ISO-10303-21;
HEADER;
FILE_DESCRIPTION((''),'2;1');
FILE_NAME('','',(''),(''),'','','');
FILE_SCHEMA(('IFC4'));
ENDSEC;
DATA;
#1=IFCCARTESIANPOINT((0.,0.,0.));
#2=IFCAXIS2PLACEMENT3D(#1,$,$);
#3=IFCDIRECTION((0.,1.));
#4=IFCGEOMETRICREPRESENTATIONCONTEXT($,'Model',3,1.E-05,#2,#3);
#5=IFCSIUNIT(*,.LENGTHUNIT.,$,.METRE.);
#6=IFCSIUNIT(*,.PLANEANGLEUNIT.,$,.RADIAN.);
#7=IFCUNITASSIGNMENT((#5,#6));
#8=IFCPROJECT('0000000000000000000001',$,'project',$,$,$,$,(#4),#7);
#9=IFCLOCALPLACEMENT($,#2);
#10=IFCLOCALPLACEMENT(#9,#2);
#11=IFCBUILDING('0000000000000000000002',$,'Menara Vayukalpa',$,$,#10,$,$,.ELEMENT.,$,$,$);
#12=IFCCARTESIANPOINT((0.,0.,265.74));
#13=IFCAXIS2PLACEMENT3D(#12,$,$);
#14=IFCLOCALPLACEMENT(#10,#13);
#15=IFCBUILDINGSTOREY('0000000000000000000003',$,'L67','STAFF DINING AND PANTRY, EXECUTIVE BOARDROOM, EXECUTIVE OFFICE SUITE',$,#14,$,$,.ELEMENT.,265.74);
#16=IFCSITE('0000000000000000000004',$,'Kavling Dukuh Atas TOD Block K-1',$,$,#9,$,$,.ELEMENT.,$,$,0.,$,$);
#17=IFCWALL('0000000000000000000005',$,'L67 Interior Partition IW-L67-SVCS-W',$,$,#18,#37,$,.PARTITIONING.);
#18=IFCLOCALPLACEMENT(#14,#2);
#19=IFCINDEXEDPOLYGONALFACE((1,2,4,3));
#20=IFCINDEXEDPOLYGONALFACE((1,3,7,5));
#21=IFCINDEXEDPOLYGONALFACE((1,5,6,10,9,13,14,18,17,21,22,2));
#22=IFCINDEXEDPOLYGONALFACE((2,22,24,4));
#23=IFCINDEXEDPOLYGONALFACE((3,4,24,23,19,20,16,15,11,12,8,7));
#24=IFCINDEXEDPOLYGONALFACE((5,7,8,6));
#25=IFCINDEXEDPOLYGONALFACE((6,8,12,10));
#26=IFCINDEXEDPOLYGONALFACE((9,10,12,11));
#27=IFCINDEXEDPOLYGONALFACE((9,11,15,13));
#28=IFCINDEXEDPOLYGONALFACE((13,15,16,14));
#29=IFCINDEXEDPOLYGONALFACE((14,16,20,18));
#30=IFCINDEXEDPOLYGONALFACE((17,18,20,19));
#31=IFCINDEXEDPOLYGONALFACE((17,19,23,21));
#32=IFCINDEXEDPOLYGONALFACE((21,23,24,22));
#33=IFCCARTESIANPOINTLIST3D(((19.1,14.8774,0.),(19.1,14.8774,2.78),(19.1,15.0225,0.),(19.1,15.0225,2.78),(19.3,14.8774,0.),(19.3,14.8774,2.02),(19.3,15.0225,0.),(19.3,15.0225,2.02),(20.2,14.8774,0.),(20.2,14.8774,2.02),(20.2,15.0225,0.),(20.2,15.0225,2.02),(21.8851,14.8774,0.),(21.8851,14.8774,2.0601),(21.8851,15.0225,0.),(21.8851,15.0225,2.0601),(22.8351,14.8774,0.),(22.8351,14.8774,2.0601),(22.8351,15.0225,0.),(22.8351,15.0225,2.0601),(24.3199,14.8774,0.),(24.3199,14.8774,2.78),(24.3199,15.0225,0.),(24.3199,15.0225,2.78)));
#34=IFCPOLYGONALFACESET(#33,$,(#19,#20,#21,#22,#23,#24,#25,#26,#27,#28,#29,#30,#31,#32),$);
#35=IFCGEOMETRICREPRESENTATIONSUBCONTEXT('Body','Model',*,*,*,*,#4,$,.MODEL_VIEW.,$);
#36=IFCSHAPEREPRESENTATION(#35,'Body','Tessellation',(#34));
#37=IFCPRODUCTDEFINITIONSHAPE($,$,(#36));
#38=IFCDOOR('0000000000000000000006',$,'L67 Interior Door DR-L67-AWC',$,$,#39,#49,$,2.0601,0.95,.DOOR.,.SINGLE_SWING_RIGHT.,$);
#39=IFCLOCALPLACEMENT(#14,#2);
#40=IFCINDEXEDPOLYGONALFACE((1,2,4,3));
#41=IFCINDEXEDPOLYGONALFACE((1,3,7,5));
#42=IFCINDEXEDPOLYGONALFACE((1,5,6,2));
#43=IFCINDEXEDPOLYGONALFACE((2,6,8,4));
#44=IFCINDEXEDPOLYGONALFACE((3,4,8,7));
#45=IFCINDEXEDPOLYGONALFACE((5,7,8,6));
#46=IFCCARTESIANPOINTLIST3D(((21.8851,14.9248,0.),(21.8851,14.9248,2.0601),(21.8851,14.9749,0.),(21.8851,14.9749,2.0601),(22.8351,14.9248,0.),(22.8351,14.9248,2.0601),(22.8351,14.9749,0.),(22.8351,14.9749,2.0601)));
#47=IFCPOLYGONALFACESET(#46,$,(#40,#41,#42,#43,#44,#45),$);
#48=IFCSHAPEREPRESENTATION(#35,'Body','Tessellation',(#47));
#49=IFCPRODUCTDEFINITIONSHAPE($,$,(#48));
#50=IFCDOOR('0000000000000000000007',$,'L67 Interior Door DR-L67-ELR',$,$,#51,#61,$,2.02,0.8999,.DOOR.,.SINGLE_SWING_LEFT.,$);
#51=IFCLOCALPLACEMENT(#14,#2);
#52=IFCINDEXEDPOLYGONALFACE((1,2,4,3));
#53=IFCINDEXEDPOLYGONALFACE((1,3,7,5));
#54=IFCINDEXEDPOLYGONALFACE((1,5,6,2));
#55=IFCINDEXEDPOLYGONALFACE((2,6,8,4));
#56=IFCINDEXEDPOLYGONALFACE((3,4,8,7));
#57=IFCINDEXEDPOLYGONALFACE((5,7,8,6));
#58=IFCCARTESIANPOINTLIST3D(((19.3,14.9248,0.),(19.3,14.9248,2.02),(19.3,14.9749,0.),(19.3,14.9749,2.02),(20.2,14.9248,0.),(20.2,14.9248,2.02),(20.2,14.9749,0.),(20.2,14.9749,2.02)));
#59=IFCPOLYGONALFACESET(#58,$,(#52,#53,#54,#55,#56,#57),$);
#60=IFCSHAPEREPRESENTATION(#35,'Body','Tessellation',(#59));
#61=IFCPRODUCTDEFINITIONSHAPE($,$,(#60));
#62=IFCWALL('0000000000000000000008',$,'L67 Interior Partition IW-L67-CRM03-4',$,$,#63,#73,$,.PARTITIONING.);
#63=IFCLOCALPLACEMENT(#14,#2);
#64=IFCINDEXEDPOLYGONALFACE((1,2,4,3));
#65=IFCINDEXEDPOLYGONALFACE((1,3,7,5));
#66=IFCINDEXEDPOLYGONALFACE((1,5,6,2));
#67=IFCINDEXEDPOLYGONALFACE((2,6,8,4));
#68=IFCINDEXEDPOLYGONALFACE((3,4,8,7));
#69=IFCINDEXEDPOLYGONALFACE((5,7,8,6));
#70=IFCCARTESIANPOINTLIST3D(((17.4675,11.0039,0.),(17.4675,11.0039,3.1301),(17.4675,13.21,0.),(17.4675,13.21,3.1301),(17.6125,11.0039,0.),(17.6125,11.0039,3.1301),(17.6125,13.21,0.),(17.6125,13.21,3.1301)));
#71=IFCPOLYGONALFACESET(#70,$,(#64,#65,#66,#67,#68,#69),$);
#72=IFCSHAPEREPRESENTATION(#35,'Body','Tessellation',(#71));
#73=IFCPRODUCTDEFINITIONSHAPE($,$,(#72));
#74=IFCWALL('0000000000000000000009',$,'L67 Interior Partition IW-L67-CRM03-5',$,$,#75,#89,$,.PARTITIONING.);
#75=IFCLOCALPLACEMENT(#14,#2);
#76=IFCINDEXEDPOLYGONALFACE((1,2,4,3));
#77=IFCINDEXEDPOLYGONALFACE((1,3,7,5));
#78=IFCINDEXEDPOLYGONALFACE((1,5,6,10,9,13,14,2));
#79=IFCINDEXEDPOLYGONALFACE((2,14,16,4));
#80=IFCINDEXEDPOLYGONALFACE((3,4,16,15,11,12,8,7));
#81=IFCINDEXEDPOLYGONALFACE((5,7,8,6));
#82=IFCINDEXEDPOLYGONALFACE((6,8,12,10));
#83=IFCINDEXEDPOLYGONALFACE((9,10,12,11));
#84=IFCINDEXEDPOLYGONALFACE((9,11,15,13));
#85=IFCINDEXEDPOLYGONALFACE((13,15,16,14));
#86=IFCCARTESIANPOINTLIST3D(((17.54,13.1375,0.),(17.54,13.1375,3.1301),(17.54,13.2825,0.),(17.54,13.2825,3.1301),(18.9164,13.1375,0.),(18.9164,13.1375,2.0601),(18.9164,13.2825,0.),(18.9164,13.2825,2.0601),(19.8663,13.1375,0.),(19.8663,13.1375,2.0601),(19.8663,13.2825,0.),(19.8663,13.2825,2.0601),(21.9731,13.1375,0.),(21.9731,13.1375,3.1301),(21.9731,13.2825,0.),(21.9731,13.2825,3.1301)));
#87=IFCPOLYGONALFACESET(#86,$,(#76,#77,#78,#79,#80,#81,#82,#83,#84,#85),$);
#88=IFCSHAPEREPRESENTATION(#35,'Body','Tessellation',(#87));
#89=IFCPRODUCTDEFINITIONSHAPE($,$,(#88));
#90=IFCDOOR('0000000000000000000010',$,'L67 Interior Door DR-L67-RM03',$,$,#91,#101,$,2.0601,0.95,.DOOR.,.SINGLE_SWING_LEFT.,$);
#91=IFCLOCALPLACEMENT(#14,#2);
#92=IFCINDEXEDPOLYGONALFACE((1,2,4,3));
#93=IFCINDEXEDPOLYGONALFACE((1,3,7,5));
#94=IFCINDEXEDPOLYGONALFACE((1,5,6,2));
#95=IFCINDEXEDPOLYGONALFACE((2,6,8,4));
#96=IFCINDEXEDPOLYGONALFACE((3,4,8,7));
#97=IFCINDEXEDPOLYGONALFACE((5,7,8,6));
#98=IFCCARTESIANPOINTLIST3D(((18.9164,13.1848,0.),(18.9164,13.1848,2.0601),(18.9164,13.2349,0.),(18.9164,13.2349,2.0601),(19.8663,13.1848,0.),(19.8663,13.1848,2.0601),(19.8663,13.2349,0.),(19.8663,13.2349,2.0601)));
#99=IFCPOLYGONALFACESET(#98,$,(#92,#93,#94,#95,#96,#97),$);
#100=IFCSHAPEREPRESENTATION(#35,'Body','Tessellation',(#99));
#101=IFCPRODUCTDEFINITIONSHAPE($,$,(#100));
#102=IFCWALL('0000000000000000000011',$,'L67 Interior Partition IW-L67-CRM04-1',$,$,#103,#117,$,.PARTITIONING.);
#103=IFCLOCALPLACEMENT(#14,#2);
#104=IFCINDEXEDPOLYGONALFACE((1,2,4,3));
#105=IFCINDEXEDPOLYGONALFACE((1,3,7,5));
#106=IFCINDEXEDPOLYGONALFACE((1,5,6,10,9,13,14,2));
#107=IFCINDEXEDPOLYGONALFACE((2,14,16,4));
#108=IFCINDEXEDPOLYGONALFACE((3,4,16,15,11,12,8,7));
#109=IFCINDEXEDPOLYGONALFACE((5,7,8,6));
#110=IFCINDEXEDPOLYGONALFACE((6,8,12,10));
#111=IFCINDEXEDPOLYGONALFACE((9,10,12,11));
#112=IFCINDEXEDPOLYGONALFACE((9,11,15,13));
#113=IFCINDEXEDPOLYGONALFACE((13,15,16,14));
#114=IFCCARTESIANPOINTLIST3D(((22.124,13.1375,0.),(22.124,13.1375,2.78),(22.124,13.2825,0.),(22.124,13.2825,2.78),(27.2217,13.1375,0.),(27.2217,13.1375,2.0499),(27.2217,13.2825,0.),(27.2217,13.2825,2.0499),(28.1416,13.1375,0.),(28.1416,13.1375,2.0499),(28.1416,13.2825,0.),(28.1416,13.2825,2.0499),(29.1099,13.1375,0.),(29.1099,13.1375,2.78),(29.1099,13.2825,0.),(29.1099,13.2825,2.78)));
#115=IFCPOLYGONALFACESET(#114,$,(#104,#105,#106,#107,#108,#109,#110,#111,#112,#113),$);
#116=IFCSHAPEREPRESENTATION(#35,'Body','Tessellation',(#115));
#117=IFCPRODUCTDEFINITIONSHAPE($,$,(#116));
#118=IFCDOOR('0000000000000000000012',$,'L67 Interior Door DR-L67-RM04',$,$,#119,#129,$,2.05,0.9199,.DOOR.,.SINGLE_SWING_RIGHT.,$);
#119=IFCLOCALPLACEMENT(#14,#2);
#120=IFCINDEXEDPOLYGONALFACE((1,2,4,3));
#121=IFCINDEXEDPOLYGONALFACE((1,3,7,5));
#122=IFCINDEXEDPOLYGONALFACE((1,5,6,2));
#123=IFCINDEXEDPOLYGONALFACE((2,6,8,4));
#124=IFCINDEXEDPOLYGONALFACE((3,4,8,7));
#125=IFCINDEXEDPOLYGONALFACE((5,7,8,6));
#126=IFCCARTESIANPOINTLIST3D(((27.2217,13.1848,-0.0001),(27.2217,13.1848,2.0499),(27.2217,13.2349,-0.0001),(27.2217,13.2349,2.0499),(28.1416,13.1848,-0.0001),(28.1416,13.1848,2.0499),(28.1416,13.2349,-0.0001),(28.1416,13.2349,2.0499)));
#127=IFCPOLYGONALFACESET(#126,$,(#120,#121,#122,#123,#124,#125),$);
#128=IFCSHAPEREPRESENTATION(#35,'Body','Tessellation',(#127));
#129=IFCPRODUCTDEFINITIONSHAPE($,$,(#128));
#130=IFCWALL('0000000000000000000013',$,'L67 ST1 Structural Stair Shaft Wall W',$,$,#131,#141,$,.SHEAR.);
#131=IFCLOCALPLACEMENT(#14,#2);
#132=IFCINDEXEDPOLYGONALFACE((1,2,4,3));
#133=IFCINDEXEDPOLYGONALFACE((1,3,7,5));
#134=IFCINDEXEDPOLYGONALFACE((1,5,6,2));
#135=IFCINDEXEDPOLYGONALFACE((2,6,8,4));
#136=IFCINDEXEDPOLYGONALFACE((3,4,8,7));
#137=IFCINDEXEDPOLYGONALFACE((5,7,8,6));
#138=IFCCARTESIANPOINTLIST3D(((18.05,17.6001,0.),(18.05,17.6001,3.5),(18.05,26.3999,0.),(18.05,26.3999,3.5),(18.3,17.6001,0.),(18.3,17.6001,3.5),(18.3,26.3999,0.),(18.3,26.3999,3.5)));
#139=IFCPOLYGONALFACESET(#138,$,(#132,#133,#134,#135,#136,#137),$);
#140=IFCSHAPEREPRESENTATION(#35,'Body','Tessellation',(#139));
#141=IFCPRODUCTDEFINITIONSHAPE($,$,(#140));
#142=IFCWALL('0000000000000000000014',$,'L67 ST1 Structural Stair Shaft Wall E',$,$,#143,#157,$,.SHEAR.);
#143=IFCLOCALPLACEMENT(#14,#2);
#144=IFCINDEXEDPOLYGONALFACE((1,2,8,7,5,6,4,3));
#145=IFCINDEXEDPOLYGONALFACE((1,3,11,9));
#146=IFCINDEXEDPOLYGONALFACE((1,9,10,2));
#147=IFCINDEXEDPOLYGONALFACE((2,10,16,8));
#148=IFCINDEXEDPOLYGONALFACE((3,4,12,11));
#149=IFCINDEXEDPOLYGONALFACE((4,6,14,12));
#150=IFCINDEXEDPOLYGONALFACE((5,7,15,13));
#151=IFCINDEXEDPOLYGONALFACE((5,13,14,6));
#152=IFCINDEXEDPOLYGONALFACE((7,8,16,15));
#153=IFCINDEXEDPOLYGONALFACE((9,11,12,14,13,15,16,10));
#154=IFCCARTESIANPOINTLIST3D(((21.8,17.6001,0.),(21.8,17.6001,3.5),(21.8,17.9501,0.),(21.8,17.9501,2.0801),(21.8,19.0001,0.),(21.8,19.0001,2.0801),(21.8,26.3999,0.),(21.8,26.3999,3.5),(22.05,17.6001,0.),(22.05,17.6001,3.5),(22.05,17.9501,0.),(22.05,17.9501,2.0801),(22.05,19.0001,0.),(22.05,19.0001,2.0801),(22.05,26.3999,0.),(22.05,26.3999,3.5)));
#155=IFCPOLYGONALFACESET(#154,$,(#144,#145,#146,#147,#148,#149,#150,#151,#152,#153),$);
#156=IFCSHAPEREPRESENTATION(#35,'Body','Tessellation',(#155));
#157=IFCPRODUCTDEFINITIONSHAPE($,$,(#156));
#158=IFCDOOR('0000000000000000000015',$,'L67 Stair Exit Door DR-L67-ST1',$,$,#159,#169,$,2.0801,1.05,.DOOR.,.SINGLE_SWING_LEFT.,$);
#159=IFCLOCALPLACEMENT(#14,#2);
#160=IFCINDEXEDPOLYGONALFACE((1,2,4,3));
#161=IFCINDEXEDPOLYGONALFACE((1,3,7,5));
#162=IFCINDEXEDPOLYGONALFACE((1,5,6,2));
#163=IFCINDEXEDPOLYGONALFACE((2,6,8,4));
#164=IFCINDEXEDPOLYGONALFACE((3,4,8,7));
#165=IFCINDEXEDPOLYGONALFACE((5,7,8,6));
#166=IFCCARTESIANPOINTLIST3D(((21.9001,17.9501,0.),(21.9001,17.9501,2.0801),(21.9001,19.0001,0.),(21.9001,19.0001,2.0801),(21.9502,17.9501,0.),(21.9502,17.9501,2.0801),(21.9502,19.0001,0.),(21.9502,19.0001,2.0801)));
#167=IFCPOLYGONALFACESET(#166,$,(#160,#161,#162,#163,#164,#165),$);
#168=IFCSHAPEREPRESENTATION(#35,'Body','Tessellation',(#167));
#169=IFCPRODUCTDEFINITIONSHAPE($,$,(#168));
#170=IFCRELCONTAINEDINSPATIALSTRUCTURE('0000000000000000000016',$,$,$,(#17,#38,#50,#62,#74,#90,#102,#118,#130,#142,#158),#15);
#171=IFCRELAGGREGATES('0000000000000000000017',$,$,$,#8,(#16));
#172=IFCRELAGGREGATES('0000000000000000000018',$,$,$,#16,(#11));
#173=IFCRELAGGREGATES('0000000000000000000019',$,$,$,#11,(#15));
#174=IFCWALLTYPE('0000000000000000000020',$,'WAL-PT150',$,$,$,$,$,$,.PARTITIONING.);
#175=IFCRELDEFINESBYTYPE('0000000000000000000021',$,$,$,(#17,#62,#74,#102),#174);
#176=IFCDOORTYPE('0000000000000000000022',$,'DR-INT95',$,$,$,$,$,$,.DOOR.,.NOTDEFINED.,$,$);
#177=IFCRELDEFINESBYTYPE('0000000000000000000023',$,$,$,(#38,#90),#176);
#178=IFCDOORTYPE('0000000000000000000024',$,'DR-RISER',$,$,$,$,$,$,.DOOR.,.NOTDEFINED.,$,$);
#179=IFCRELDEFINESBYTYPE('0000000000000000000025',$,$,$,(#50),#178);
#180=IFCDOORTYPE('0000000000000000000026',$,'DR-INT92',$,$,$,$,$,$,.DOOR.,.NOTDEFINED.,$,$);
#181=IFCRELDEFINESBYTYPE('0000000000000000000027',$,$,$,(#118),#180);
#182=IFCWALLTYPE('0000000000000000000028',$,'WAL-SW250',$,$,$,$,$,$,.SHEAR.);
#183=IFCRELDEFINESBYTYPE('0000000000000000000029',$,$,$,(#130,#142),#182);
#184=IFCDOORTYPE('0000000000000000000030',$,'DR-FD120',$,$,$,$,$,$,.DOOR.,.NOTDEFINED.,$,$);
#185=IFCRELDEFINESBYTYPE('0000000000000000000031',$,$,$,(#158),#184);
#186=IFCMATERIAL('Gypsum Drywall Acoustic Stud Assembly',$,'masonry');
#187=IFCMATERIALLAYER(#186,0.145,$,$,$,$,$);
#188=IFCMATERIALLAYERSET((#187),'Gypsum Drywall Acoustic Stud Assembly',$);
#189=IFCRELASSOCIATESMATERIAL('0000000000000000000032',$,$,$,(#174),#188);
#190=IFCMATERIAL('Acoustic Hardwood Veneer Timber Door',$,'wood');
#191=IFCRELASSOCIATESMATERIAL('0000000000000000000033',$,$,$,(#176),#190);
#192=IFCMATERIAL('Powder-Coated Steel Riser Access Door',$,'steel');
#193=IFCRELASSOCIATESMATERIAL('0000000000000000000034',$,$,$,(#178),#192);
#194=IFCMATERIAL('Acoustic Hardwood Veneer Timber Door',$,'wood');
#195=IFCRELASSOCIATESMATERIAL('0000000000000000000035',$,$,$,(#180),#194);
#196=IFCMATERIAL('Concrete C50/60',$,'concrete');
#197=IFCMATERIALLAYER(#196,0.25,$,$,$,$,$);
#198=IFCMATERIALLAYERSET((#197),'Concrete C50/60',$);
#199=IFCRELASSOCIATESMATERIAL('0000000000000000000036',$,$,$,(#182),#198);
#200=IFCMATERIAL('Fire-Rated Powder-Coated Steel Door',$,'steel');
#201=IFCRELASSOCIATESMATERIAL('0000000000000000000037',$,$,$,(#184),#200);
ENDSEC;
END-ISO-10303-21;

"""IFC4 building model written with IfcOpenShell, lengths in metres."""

from ifc_helpers import new_model, si_unit, direction, frame, frame_2d, origin, place, context, subcontext, project, spatial, rectangle, extrude, material, layer, layer_set, type_object, element, fill, save


model = new_model("IFC4")

# Units and contexts
model_context = context("Model", 3, precision=1e-05, world=origin(), true_north=direction((0.0, 1.0)))
body_context = subcontext(model_context, "Body", "Model", "MODEL_VIEW")
ifc_project = project(units=[si_unit("LENGTHUNIT", "METRE"), si_unit("PLANEANGLEUNIT", "RADIAN")], contexts=[model_context])

# Site, building, storey
site_placement = place(None, origin())
site = spatial("IfcSite", under=ifc_project, at=site_placement, Name="Kavling Dukuh Atas TOD Block K-1", CompositionType="ELEMENT", RefElevation=0.0)
building_placement = place(site_placement, origin())
building = spatial("IfcBuilding", under=site, at=building_placement, Name="Menara Vayukalpa", CompositionType="ELEMENT")
storey_placement = place(building_placement, frame((0.0, 0.0, 265.74)))
storey = spatial("IfcBuildingStorey", under=building, at=storey_placement, Name="L67", Description="STAFF DINING AND PANTRY, EXECUTIVE BOARDROOM, EXECUTIVE OFFICE SUITE", CompositionType="ELEMENT", Elevation=265.74)

# Wall, openings, doors
ifc_material_1 = material(Name="Gypsum Drywall Acoustic Stud Assembly", Category="masonry")
ifc_layer_1 = layer(ifc_material_1, 0.145)
ifc_layer_set_1 = layer_set([ifc_layer_1], Name="Gypsum Drywall Acoustic Stud Assembly")
wall_type_1 = type_object("IfcWallType", Name="WAL-PT150", PredefinedType="PARTITIONING", material=ifc_layer_set_1)
wall_1_placement = place(storey_placement, frame((19.1001, 14.95, 0.0), z_axis=(0.0, 0.0, 1.0), x_axis=(1.0, 0.0, 0.0)))
wall_1 = element("IfcWall", 1, at=wall_1_placement, inside=storey, type_object=wall_type_1, Name="L67 Interior Partition IW-L67-SVCS-W", PredefinedType="PARTITIONING", context=body_context, shape_type="SweptSolid", body=[
    extrude(rectangle(XDim=5.22, YDim=0.145, at=frame_2d((2.6099, 0.0))), origin(), (0.0, 0.0, 1.0), 2.78),
])
opening_1_placement = place(wall_1_placement, frame((0.2, 0.0, 0.0)))
opening_1 = element("IfcOpeningElement", 2, at=opening_1_placement, cuts=wall_1, PredefinedType="OPENING", context=body_context, shape_type="SweptSolid", body=[
    extrude(rectangle(XDim=0.8999, YDim=2.02, at=frame_2d((0.45, 1.01))), frame((0.0, 0.0825, 0.0), z_axis=(0.0, -1.0, 0.0), x_axis=(1.0, 0.0, 0.0)), (0.0, 0.0, 1.0), 0.165),
])
opening_2_placement = place(wall_1_placement, frame((2.7849, 0.0, 0.0)))
opening_2 = element("IfcOpeningElement", 3, at=opening_2_placement, cuts=wall_1, PredefinedType="OPENING", context=body_context, shape_type="SweptSolid", body=[
    extrude(rectangle(XDim=0.95, YDim=2.0601, at=frame_2d((0.4751, 1.03))), frame((0.0, 0.0825, 0.0), z_axis=(0.0, -1.0, 0.0), x_axis=(1.0, 0.0, 0.0)), (0.0, 0.0, 1.0), 0.165),
])
ifc_material_2 = material(Name="Acoustic Hardwood Veneer Timber Door", Category="wood")
door_type_1 = type_object("IfcDoorType", Name="DR-INT95", OperationType="NOTDEFINED", PredefinedType="DOOR", material=ifc_material_2)
door_1_placement = place(opening_2_placement, origin())
door_1 = element("IfcDoor", 4, at=door_1_placement, inside=storey, type_object=door_type_1, Name="L67 Interior Door DR-L67-AWC", OperationType="SINGLE_SWING_RIGHT", OverallHeight=2.0601, OverallWidth=0.95, PredefinedType="DOOR", context=body_context, shape_type="SweptSolid", body=[
    extrude(rectangle(XDim=0.95, YDim=2.0601, at=frame_2d((0.4751, 1.03))), frame((0.0, 0.0249, 0.0), z_axis=(0.0, -1.0, 0.0), x_axis=(1.0, 0.0, 0.0)), (0.0, 0.0, 1.0), 0.05),
])
fill(opening_2, door_1)
ifc_material_3 = material(Name="Powder-Coated Steel Riser Access Door", Category="steel")
door_type_2 = type_object("IfcDoorType", Name="DR-RISER", OperationType="NOTDEFINED", PredefinedType="DOOR", material=ifc_material_3)
door_2_placement = place(opening_1_placement, origin())
door_2 = element("IfcDoor", 5, at=door_2_placement, inside=storey, type_object=door_type_2, Name="L67 Interior Door DR-L67-ELR", OperationType="SINGLE_SWING_LEFT", OverallHeight=2.02, OverallWidth=0.8999, PredefinedType="DOOR", context=body_context, shape_type="SweptSolid", body=[
    extrude(rectangle(XDim=0.8999, YDim=2.02, at=frame_2d((0.45, 1.01))), frame((0.0, 0.0249, 0.0), z_axis=(0.0, -1.0, 0.0), x_axis=(1.0, 0.0, 0.0)), (0.0, 0.0, 1.0), 0.05),
])
fill(opening_1, door_2)

# Wall
wall_2_placement = place(storey_placement, frame((17.54, 11.0039, 0.0), z_axis=(0.0, 0.0, 1.0), x_axis=(0.0, 1.0, 0.0)))
element("IfcWall", 6, at=wall_2_placement, inside=storey, type_object=wall_type_1, Name="L67 Interior Partition IW-L67-CRM03-4", PredefinedType="PARTITIONING", context=body_context, shape_type="SweptSolid", body=[
    extrude(rectangle(XDim=2.2061, YDim=0.145, at=frame_2d((1.103, 0.0))), origin(), (0.0, 0.0, 1.0), 3.1301),
])

# Walls, openings, doors
wall_3_placement = place(storey_placement, frame((17.54, 13.21, 0.0), z_axis=(0.0, 0.0, 1.0), x_axis=(1.0, 0.0, 0.0)))
wall_3 = element("IfcWall", 7, at=wall_3_placement, inside=storey, type_object=wall_type_1, Name="L67 Interior Partition IW-L67-CRM03-5", PredefinedType="PARTITIONING", context=body_context, shape_type="SweptSolid", body=[
    extrude(rectangle(XDim=4.4331, YDim=0.145, at=frame_2d((2.2166, 0.0))), origin(), (0.0, 0.0, 1.0), 3.1301),
])
opening_3_placement = place(wall_3_placement, frame((1.3762, 0.0, 0.0)))
opening_3 = element("IfcOpeningElement", 8, at=opening_3_placement, cuts=wall_3, PredefinedType="OPENING", context=body_context, shape_type="SweptSolid", body=[
    extrude(rectangle(XDim=0.95, YDim=2.0601, at=frame_2d((0.4751, 1.03))), frame((0.0, 0.0825, 0.0), z_axis=(0.0, -1.0, 0.0), x_axis=(1.0, 0.0, 0.0)), (0.0, 0.0, 1.0), 0.165),
])
door_3_placement = place(opening_3_placement, origin())
door_3 = element("IfcDoor", 9, at=door_3_placement, inside=storey, type_object=door_type_1, Name="L67 Interior Door DR-L67-RM03", OperationType="SINGLE_SWING_LEFT", OverallHeight=2.0601, OverallWidth=0.95, PredefinedType="DOOR", context=body_context, shape_type="SweptSolid", body=[
    extrude(rectangle(XDim=0.95, YDim=2.0601, at=frame_2d((0.4751, 1.03))), frame((0.0, 0.0249, 0.0), z_axis=(0.0, -1.0, 0.0), x_axis=(1.0, 0.0, 0.0)), (0.0, 0.0, 1.0), 0.05),
])
fill(opening_3, door_3)
wall_4_placement = place(storey_placement, frame((22.124, 13.21, 0.0), z_axis=(0.0, 0.0, 1.0), x_axis=(1.0, 0.0, 0.0)))
wall_4 = element("IfcWall", 10, at=wall_4_placement, inside=storey, type_object=wall_type_1, Name="L67 Interior Partition IW-L67-CRM04-1", PredefinedType="PARTITIONING", context=body_context, shape_type="SweptSolid", body=[
    extrude(rectangle(XDim=6.9858, YDim=0.145, at=frame_2d((3.4929, 0.0))), origin(), (0.0, 0.0, 1.0), 2.78),
])
opening_4_placement = place(wall_4_placement, frame((5.0977, 0.0, 0.0)))
opening_4 = element("IfcOpeningElement", 11, at=opening_4_placement, cuts=wall_4, PredefinedType="OPENING", context=body_context, shape_type="SweptSolid", body=[
    extrude(rectangle(XDim=0.9199, YDim=2.05, at=frame_2d((0.46, 1.0249))), frame((0.0, 0.0825, 0.0), z_axis=(0.0, -1.0, 0.0), x_axis=(1.0, 0.0, 0.0)), (0.0, 0.0, 1.0), 0.165),
])
ifc_material_4 = material(Name="Acoustic Hardwood Veneer Timber Door", Category="wood")
door_type_3 = type_object("IfcDoorType", Name="DR-INT92", OperationType="NOTDEFINED", PredefinedType="DOOR", material=ifc_material_4)
door_4_placement = place(opening_4_placement, origin())
door_4 = element("IfcDoor", 12, at=door_4_placement, inside=storey, type_object=door_type_3, Name="L67 Interior Door DR-L67-RM04", OperationType="SINGLE_SWING_RIGHT", OverallHeight=2.05, OverallWidth=0.9199, PredefinedType="DOOR", context=body_context, shape_type="SweptSolid", body=[
    extrude(rectangle(XDim=0.9199, YDim=2.05, at=frame_2d((0.46, 1.0249))), frame((0.0, 0.0249, 0.0), z_axis=(0.0, -1.0, 0.0), x_axis=(1.0, 0.0, 0.0)), (0.0, 0.0, 1.0), 0.05),
])
fill(opening_4, door_4)

# Wall
ifc_material_5 = material(Name="Concrete C50/60", Category="concrete")
ifc_layer_2 = layer(ifc_material_5, 0.25)
ifc_layer_set_2 = layer_set([ifc_layer_2], Name="Concrete C50/60")
wall_type_2 = type_object("IfcWallType", Name="WAL-SW250", PredefinedType="SHEAR", material=ifc_layer_set_2)
wall_5_placement = place(storey_placement, frame((18.175, 17.6001, 0.0), z_axis=(0.0, 0.0, 1.0), x_axis=(0.0, 1.0, 0.0)))
element("IfcWall", 13, at=wall_5_placement, inside=storey, type_object=wall_type_2, Name="L67 ST1 Structural Stair Shaft Wall W", PredefinedType="SHEAR", context=body_context, shape_type="SweptSolid", body=[
    extrude(rectangle(XDim=8.7998, YDim=0.25, at=frame_2d((4.3999, 0.0))), origin(), (0.0, 0.0, 1.0), 3.5),
])

# Wall, opening, door
wall_6_placement = place(storey_placement, frame((21.925, 17.6001, 0.0), z_axis=(0.0, 0.0, 1.0), x_axis=(0.0, 1.0, 0.0)))
wall_6 = element("IfcWall", 14, at=wall_6_placement, inside=storey, type_object=wall_type_2, Name="L67 ST1 Structural Stair Shaft Wall E", PredefinedType="SHEAR", context=body_context, shape_type="SweptSolid", body=[
    extrude(rectangle(XDim=8.7998, YDim=0.25, at=frame_2d((4.3999, 0.0))), origin(), (0.0, 0.0, 1.0), 3.5),
])
opening_5_placement = place(wall_6_placement, frame((0.3501, 0.0, 0.0)))
opening_5 = element("IfcOpeningElement", 15, at=opening_5_placement, cuts=wall_6, PredefinedType="OPENING", context=body_context, shape_type="SweptSolid", body=[
    extrude(rectangle(XDim=1.05, YDim=2.0801, at=frame_2d((0.5249, 1.04))), frame((0.0, 0.135, 0.0), z_axis=(0.0, -1.0, 0.0), x_axis=(1.0, 0.0, 0.0)), (0.0, 0.0, 1.0), 0.27),
])
ifc_material_6 = material(Name="Fire-Rated Powder-Coated Steel Door", Category="steel")
door_type_4 = type_object("IfcDoorType", Name="DR-FD120", OperationType="NOTDEFINED", PredefinedType="DOOR", material=ifc_material_6)
door_5_placement = place(opening_5_placement, origin())
door_5 = element("IfcDoor", 16, at=door_5_placement, inside=storey, type_object=door_type_4, Name="L67 Stair Exit Door DR-L67-ST1", OperationType="SINGLE_SWING_LEFT", OverallHeight=2.0801, OverallWidth=1.05, PredefinedType="DOOR", context=body_context, shape_type="SweptSolid", body=[
    extrude(rectangle(XDim=1.05, YDim=2.0801, at=frame_2d((0.5249, 1.04))), frame((0.0, 0.0249, 0.0), z_axis=(0.0, -1.0, 0.0), x_axis=(1.0, 0.0, 0.0)), (0.0, 0.0, 1.0), 0.05),
])
fill(opening_5, door_5)

save(model, "model.ifc")
